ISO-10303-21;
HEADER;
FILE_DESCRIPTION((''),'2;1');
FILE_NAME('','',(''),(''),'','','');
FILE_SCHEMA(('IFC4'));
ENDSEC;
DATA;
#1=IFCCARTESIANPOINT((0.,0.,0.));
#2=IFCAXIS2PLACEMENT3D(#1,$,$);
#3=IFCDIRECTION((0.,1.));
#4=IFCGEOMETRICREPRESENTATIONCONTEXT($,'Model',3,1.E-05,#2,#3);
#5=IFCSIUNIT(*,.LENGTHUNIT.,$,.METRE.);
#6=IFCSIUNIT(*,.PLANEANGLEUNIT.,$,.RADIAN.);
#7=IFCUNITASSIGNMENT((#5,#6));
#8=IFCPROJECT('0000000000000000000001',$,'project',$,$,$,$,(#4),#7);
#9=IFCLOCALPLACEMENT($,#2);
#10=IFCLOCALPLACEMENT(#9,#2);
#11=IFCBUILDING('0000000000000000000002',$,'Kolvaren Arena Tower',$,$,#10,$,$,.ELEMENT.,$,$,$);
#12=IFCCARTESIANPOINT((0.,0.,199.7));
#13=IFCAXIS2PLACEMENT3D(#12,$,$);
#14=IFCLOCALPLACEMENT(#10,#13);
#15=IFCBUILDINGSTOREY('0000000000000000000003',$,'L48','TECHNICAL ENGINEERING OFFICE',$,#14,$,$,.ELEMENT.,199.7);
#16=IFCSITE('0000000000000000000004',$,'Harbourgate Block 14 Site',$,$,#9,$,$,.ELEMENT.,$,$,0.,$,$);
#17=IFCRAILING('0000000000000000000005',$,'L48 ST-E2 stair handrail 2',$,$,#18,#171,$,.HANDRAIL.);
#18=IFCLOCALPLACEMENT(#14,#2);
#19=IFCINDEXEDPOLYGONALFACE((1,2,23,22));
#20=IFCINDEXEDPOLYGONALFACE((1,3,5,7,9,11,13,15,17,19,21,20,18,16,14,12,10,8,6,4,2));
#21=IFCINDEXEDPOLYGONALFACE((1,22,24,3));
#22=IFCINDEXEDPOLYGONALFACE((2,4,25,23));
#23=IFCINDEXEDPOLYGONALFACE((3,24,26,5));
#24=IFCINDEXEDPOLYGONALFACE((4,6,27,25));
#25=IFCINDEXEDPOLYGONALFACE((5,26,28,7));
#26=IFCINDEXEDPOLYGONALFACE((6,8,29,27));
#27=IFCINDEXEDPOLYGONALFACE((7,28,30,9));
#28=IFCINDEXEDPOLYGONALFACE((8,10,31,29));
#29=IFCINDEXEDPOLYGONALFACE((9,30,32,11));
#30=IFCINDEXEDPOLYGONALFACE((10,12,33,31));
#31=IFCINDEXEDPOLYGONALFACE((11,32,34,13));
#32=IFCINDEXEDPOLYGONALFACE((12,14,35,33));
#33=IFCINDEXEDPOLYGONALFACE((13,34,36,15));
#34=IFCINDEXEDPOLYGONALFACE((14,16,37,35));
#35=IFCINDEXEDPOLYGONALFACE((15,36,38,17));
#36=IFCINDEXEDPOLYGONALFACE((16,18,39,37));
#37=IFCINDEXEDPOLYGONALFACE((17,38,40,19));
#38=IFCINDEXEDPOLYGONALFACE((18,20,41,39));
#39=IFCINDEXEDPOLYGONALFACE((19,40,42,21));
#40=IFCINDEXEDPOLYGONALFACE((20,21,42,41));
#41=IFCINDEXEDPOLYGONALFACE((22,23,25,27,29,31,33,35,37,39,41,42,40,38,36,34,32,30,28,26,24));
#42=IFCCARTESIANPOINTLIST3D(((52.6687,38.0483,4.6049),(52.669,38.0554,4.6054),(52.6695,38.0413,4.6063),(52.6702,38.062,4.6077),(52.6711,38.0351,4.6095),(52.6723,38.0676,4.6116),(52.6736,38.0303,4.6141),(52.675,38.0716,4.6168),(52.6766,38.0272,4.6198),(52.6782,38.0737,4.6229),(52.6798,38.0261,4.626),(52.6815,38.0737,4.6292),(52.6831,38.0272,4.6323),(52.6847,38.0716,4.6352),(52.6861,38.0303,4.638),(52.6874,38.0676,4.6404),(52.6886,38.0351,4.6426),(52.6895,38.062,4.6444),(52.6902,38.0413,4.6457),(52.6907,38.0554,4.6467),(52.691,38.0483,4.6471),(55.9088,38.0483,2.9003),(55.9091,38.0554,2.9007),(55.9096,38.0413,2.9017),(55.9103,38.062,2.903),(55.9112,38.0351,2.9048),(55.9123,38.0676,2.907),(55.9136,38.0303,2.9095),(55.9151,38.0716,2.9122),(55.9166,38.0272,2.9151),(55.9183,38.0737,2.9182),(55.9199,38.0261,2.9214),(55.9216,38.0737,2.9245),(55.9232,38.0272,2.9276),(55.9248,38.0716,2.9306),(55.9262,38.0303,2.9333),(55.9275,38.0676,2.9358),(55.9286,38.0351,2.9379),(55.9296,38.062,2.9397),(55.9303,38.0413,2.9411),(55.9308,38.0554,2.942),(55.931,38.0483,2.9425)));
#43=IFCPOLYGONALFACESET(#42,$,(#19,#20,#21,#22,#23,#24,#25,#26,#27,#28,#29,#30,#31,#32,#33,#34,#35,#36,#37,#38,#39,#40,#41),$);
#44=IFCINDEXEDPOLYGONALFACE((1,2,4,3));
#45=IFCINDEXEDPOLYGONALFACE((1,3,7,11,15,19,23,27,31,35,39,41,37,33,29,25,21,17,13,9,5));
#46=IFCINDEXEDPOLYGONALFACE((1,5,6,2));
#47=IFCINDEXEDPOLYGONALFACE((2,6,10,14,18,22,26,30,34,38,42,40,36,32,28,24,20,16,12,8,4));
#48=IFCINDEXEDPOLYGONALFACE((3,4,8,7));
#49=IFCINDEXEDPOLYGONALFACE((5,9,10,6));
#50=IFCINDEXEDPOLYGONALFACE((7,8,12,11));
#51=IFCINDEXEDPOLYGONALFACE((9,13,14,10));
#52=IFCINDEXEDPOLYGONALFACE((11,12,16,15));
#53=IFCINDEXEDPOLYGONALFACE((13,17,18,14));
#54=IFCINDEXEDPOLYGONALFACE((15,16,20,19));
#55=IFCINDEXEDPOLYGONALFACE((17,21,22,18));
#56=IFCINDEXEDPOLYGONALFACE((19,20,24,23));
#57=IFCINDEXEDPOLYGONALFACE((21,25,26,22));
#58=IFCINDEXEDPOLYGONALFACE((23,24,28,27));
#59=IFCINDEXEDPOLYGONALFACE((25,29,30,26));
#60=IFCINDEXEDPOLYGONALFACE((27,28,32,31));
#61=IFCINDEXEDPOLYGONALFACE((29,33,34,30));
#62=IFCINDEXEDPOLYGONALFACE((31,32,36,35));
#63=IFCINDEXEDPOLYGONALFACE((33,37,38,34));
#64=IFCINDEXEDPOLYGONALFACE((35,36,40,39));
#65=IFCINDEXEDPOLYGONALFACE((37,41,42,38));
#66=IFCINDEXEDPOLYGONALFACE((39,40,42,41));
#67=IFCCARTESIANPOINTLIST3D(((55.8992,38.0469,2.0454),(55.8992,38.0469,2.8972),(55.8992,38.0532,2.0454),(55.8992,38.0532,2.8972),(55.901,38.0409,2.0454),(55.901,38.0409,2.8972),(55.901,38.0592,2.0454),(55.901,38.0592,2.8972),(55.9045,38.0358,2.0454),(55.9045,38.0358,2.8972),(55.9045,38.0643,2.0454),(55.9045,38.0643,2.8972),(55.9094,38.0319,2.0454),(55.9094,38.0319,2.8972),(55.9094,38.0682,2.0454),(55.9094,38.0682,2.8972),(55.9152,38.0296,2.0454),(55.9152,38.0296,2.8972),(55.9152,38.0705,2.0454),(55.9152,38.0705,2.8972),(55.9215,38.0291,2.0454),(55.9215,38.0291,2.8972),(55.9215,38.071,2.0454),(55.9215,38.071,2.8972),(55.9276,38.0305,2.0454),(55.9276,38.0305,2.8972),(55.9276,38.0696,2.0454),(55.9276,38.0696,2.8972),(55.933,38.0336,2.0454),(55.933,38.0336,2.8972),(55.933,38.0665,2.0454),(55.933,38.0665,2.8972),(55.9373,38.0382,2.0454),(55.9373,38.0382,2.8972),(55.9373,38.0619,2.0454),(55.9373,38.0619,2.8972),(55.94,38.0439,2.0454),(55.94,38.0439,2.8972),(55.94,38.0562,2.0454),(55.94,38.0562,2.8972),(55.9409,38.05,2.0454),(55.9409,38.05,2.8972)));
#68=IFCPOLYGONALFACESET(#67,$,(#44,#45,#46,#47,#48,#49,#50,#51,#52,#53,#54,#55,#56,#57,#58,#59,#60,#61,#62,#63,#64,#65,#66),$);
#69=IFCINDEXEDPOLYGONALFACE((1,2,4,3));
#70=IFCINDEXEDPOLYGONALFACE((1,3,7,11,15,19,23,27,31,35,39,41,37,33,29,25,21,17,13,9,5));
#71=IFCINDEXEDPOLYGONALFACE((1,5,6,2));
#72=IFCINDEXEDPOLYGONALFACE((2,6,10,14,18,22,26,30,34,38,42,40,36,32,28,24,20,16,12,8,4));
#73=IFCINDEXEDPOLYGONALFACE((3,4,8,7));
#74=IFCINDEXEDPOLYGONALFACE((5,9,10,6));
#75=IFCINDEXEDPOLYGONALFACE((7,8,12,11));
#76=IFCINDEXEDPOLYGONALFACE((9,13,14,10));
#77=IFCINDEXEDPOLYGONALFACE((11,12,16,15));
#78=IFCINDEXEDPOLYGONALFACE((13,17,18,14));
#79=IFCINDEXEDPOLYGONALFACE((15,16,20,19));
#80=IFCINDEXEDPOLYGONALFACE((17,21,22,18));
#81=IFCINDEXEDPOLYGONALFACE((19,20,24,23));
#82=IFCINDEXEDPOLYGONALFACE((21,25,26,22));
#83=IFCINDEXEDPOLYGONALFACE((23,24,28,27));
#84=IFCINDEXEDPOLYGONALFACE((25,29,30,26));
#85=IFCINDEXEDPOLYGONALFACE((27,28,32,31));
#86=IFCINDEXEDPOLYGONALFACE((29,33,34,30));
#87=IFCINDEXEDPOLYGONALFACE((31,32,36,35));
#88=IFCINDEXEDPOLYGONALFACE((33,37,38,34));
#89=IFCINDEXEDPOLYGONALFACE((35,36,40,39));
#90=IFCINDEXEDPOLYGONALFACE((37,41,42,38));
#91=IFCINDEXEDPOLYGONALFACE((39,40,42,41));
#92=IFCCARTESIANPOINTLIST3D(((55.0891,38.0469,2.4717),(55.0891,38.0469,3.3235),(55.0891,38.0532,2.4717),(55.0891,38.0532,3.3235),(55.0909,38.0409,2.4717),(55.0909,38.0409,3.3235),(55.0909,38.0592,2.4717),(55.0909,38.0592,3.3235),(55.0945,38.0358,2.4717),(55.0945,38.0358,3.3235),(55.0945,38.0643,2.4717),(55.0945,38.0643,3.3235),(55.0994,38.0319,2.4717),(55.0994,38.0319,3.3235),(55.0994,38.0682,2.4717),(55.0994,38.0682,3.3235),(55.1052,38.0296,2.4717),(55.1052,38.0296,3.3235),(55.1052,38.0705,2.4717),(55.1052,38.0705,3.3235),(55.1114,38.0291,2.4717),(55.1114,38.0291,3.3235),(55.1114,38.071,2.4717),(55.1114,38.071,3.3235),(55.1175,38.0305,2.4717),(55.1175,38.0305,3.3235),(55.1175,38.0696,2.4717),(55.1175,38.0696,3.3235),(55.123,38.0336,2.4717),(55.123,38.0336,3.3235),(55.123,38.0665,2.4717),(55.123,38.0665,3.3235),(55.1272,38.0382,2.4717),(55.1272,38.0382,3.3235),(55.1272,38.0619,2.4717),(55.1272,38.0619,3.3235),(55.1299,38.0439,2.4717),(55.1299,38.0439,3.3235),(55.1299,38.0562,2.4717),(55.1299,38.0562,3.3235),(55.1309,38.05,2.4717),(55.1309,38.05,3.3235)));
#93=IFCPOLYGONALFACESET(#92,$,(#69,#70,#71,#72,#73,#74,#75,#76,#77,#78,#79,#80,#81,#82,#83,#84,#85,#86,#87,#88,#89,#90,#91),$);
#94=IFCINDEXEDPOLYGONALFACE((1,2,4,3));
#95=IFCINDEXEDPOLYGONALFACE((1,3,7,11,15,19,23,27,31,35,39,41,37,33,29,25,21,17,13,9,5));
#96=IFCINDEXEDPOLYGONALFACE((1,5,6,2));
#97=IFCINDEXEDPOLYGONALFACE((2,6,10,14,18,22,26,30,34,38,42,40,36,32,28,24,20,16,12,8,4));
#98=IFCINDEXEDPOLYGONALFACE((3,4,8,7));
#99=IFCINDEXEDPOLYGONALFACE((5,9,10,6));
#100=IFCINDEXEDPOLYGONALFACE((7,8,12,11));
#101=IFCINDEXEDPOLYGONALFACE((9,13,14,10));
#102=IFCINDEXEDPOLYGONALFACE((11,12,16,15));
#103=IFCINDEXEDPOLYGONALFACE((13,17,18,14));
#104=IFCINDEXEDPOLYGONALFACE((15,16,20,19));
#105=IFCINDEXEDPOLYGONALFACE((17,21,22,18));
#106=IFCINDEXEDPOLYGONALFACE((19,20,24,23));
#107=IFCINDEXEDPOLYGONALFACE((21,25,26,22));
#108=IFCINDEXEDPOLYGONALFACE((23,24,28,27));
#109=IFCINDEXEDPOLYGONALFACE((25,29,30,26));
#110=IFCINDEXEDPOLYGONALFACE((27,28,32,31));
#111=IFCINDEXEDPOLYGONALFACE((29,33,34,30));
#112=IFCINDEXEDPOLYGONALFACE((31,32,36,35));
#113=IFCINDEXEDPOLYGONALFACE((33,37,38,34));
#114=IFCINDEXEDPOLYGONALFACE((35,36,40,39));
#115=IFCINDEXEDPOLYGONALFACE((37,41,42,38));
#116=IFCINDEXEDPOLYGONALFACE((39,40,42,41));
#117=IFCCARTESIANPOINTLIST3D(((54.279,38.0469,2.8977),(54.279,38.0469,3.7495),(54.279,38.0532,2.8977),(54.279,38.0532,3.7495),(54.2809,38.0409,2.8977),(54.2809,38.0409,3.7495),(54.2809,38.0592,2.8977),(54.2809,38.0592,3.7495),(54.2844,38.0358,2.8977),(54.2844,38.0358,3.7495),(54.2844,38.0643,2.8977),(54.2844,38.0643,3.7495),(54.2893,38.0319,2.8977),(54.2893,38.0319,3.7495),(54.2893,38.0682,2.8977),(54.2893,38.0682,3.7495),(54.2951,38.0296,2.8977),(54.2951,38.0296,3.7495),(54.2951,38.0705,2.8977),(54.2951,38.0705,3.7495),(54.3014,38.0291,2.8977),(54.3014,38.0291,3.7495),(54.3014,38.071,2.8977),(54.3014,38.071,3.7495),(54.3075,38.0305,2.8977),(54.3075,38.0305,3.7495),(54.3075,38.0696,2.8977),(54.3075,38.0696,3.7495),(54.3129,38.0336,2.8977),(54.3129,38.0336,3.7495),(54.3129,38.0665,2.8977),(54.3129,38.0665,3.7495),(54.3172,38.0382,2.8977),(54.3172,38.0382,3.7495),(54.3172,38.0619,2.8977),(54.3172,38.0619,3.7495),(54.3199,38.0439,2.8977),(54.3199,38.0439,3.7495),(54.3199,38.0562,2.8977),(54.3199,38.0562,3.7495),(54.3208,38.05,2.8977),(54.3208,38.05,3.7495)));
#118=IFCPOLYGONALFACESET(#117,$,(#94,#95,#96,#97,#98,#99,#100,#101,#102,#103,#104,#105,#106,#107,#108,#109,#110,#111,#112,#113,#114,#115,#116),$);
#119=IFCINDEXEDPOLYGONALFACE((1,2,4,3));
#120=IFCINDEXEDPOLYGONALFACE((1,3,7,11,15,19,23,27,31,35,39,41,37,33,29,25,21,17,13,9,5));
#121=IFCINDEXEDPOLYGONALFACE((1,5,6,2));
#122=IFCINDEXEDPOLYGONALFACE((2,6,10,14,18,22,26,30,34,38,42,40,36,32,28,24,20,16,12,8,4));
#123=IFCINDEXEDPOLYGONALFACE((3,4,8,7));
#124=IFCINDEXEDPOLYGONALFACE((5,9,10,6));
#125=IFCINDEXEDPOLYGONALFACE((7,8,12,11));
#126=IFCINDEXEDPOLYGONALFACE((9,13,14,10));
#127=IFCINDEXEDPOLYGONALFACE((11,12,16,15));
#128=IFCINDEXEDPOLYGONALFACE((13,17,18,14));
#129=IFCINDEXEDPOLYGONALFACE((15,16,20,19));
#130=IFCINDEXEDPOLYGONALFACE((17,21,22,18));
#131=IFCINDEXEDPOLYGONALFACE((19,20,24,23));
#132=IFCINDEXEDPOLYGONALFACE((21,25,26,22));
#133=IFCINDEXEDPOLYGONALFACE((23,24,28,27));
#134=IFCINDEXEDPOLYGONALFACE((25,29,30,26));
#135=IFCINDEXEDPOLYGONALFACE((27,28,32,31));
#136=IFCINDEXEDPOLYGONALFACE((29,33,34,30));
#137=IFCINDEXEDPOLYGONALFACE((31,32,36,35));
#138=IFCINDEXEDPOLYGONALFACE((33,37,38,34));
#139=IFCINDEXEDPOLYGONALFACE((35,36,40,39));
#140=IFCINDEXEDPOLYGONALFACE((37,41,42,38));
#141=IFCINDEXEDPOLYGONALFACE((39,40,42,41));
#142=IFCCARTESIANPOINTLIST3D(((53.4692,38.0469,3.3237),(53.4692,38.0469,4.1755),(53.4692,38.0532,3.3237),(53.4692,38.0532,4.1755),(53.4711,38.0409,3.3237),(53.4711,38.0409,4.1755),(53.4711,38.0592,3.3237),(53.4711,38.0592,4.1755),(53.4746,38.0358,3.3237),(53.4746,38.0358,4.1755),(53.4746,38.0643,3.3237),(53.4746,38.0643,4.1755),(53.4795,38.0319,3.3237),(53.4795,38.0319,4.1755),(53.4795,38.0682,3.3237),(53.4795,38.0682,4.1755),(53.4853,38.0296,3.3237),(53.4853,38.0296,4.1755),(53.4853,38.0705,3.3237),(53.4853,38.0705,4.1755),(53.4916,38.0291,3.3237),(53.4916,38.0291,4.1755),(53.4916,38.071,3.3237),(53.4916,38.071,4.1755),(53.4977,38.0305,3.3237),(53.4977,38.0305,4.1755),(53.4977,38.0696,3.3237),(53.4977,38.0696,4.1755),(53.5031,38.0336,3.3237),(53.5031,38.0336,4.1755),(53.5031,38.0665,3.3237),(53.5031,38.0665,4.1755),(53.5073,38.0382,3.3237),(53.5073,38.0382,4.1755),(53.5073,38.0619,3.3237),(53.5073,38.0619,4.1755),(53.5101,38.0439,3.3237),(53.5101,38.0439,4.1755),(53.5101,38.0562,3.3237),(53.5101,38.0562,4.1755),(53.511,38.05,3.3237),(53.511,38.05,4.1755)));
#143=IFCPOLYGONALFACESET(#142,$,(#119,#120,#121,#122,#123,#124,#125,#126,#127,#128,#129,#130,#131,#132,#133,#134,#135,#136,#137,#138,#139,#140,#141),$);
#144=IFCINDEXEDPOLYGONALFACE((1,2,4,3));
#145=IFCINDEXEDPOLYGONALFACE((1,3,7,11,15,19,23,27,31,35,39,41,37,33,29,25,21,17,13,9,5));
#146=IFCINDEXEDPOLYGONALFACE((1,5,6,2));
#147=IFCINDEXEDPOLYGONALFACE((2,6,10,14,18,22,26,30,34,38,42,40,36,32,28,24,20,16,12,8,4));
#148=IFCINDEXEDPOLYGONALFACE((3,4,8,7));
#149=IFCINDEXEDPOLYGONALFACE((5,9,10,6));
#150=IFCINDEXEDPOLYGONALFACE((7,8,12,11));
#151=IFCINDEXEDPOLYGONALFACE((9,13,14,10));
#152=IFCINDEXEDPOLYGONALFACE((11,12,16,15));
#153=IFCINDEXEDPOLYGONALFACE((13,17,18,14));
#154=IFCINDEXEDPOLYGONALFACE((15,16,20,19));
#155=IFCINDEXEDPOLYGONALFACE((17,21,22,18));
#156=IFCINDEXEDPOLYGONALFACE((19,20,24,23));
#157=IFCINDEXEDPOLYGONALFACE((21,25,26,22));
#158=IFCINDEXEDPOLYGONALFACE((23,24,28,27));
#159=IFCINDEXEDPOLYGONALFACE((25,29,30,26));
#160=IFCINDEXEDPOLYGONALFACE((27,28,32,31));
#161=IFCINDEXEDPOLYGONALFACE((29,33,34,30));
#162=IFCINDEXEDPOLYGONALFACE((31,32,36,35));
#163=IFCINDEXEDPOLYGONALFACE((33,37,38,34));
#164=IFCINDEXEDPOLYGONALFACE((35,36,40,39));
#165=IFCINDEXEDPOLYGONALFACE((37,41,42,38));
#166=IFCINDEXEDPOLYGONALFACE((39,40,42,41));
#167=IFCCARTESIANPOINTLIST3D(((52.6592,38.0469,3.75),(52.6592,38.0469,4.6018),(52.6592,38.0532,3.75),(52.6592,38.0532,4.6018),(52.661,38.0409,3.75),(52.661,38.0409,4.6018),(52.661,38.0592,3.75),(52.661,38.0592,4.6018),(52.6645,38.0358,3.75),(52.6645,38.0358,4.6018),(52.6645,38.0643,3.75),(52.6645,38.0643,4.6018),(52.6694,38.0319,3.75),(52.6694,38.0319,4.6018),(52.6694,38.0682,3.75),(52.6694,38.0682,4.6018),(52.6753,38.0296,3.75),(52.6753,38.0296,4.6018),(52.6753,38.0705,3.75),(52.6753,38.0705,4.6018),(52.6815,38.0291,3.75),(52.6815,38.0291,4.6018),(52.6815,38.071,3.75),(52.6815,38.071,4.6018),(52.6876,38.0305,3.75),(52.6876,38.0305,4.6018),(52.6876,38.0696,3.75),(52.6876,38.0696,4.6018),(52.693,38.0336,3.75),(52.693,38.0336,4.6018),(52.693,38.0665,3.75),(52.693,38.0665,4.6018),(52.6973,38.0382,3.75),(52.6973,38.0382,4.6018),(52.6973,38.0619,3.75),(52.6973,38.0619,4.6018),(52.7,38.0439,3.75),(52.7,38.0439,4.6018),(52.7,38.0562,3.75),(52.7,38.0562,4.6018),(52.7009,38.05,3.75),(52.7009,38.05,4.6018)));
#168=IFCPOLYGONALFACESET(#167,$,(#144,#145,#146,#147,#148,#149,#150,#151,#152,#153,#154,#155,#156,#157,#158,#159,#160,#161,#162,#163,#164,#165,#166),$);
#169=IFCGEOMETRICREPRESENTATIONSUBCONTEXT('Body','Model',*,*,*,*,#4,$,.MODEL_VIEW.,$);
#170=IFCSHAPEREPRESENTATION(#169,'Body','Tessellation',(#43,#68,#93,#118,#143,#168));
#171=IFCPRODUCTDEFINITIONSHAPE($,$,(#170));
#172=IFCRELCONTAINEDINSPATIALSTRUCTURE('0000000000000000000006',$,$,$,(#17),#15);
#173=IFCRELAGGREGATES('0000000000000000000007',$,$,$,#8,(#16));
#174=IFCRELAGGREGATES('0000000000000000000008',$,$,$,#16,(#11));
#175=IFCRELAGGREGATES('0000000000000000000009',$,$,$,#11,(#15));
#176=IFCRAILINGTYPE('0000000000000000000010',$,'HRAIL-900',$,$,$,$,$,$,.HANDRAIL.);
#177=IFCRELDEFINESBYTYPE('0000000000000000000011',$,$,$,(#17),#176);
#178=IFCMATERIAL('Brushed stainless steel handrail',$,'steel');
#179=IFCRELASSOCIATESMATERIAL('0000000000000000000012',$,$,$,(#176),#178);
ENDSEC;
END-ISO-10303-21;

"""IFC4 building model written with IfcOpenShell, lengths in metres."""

from ifc_helpers import new_model, si_unit, direction, frame, origin, origin_2d, place, context, subcontext, project, spatial, circle, extrude, material, type_object, element, save


model = new_model("IFC4")

# Units and contexts
model_context = context("Model", 3, precision=1e-05, world=origin(), true_north=direction((0.0, 1.0)))
body_context = subcontext(model_context, "Body", "Model", "MODEL_VIEW")
ifc_project = project(units=[si_unit("LENGTHUNIT", "METRE"), si_unit("PLANEANGLEUNIT", "RADIAN")], contexts=[model_context])

# Site, building, storey
site_placement = place(None, origin())
site = spatial("IfcSite", under=ifc_project, at=site_placement, Name="Harbourgate Block 14 Site", CompositionType="ELEMENT", RefElevation=0.0)
building_placement = place(site_placement, origin())
building = spatial("IfcBuilding", under=site, at=building_placement, Name="Kolvaren Arena Tower", CompositionType="ELEMENT")
storey_placement = place(building_placement, frame((0.0, 0.0, 199.7)))
storey = spatial("IfcBuildingStorey", under=building, at=storey_placement, Name="L48", Description="TECHNICAL ENGINEERING OFFICE", CompositionType="ELEMENT", Elevation=199.7)

# Railing
ifc_material_1 = material(Name="Brushed stainless steel handrail", Category="steel")
railing_type_1 = type_object("IfcRailingType", Name="HRAIL-900", PredefinedType="HANDRAIL", material=ifc_material_1)
for number, where, name in (
    (1, (55.9199, 38.05, 2.0454), "L48 ST-E2 stair handrail 2"),
):
    element("IfcRailing", number, at=place(storey_placement, frame(where)), inside=storey, type_object=railing_type_1, Name=name, PredefinedType="HANDRAIL", context=body_context, shape_type="SweptSolid", body=[
        extrude(circle(Radius=0.0239, at=origin_2d()), frame((0.0, 0.0, 0.876), z_axis=(-0.884993, 0.0, 0.465604), x_axis=(0.0, -1.0, 0.0)), (0.0, 0.0, 1.0), 3.6611),
        extrude(circle(Radius=0.021, at=origin_2d()), origin(), (0.0, 0.0, 1.0), 0.8518),
        extrude(circle(Radius=0.021, at=origin_2d()), frame((-0.8101, 0.0, 0.4263)), (0.0, 0.0, 1.0), 0.8518),
        extrude(circle(Radius=0.021, at=origin_2d()), frame((-1.6201, 0.0, 0.8523)), (0.0, 0.0, 1.0), 0.8518),
        extrude(circle(Radius=0.021, at=origin_2d()), frame((-2.4299, 0.0, 1.2783)), (0.0, 0.0, 1.0), 0.8518),
        extrude(circle(Radius=0.021, at=origin_2d()), frame((-3.24, 0.0, 1.7046)), (0.0, 0.0, 1.0), 0.8518),
    ])

save(model, "model.ifc")
